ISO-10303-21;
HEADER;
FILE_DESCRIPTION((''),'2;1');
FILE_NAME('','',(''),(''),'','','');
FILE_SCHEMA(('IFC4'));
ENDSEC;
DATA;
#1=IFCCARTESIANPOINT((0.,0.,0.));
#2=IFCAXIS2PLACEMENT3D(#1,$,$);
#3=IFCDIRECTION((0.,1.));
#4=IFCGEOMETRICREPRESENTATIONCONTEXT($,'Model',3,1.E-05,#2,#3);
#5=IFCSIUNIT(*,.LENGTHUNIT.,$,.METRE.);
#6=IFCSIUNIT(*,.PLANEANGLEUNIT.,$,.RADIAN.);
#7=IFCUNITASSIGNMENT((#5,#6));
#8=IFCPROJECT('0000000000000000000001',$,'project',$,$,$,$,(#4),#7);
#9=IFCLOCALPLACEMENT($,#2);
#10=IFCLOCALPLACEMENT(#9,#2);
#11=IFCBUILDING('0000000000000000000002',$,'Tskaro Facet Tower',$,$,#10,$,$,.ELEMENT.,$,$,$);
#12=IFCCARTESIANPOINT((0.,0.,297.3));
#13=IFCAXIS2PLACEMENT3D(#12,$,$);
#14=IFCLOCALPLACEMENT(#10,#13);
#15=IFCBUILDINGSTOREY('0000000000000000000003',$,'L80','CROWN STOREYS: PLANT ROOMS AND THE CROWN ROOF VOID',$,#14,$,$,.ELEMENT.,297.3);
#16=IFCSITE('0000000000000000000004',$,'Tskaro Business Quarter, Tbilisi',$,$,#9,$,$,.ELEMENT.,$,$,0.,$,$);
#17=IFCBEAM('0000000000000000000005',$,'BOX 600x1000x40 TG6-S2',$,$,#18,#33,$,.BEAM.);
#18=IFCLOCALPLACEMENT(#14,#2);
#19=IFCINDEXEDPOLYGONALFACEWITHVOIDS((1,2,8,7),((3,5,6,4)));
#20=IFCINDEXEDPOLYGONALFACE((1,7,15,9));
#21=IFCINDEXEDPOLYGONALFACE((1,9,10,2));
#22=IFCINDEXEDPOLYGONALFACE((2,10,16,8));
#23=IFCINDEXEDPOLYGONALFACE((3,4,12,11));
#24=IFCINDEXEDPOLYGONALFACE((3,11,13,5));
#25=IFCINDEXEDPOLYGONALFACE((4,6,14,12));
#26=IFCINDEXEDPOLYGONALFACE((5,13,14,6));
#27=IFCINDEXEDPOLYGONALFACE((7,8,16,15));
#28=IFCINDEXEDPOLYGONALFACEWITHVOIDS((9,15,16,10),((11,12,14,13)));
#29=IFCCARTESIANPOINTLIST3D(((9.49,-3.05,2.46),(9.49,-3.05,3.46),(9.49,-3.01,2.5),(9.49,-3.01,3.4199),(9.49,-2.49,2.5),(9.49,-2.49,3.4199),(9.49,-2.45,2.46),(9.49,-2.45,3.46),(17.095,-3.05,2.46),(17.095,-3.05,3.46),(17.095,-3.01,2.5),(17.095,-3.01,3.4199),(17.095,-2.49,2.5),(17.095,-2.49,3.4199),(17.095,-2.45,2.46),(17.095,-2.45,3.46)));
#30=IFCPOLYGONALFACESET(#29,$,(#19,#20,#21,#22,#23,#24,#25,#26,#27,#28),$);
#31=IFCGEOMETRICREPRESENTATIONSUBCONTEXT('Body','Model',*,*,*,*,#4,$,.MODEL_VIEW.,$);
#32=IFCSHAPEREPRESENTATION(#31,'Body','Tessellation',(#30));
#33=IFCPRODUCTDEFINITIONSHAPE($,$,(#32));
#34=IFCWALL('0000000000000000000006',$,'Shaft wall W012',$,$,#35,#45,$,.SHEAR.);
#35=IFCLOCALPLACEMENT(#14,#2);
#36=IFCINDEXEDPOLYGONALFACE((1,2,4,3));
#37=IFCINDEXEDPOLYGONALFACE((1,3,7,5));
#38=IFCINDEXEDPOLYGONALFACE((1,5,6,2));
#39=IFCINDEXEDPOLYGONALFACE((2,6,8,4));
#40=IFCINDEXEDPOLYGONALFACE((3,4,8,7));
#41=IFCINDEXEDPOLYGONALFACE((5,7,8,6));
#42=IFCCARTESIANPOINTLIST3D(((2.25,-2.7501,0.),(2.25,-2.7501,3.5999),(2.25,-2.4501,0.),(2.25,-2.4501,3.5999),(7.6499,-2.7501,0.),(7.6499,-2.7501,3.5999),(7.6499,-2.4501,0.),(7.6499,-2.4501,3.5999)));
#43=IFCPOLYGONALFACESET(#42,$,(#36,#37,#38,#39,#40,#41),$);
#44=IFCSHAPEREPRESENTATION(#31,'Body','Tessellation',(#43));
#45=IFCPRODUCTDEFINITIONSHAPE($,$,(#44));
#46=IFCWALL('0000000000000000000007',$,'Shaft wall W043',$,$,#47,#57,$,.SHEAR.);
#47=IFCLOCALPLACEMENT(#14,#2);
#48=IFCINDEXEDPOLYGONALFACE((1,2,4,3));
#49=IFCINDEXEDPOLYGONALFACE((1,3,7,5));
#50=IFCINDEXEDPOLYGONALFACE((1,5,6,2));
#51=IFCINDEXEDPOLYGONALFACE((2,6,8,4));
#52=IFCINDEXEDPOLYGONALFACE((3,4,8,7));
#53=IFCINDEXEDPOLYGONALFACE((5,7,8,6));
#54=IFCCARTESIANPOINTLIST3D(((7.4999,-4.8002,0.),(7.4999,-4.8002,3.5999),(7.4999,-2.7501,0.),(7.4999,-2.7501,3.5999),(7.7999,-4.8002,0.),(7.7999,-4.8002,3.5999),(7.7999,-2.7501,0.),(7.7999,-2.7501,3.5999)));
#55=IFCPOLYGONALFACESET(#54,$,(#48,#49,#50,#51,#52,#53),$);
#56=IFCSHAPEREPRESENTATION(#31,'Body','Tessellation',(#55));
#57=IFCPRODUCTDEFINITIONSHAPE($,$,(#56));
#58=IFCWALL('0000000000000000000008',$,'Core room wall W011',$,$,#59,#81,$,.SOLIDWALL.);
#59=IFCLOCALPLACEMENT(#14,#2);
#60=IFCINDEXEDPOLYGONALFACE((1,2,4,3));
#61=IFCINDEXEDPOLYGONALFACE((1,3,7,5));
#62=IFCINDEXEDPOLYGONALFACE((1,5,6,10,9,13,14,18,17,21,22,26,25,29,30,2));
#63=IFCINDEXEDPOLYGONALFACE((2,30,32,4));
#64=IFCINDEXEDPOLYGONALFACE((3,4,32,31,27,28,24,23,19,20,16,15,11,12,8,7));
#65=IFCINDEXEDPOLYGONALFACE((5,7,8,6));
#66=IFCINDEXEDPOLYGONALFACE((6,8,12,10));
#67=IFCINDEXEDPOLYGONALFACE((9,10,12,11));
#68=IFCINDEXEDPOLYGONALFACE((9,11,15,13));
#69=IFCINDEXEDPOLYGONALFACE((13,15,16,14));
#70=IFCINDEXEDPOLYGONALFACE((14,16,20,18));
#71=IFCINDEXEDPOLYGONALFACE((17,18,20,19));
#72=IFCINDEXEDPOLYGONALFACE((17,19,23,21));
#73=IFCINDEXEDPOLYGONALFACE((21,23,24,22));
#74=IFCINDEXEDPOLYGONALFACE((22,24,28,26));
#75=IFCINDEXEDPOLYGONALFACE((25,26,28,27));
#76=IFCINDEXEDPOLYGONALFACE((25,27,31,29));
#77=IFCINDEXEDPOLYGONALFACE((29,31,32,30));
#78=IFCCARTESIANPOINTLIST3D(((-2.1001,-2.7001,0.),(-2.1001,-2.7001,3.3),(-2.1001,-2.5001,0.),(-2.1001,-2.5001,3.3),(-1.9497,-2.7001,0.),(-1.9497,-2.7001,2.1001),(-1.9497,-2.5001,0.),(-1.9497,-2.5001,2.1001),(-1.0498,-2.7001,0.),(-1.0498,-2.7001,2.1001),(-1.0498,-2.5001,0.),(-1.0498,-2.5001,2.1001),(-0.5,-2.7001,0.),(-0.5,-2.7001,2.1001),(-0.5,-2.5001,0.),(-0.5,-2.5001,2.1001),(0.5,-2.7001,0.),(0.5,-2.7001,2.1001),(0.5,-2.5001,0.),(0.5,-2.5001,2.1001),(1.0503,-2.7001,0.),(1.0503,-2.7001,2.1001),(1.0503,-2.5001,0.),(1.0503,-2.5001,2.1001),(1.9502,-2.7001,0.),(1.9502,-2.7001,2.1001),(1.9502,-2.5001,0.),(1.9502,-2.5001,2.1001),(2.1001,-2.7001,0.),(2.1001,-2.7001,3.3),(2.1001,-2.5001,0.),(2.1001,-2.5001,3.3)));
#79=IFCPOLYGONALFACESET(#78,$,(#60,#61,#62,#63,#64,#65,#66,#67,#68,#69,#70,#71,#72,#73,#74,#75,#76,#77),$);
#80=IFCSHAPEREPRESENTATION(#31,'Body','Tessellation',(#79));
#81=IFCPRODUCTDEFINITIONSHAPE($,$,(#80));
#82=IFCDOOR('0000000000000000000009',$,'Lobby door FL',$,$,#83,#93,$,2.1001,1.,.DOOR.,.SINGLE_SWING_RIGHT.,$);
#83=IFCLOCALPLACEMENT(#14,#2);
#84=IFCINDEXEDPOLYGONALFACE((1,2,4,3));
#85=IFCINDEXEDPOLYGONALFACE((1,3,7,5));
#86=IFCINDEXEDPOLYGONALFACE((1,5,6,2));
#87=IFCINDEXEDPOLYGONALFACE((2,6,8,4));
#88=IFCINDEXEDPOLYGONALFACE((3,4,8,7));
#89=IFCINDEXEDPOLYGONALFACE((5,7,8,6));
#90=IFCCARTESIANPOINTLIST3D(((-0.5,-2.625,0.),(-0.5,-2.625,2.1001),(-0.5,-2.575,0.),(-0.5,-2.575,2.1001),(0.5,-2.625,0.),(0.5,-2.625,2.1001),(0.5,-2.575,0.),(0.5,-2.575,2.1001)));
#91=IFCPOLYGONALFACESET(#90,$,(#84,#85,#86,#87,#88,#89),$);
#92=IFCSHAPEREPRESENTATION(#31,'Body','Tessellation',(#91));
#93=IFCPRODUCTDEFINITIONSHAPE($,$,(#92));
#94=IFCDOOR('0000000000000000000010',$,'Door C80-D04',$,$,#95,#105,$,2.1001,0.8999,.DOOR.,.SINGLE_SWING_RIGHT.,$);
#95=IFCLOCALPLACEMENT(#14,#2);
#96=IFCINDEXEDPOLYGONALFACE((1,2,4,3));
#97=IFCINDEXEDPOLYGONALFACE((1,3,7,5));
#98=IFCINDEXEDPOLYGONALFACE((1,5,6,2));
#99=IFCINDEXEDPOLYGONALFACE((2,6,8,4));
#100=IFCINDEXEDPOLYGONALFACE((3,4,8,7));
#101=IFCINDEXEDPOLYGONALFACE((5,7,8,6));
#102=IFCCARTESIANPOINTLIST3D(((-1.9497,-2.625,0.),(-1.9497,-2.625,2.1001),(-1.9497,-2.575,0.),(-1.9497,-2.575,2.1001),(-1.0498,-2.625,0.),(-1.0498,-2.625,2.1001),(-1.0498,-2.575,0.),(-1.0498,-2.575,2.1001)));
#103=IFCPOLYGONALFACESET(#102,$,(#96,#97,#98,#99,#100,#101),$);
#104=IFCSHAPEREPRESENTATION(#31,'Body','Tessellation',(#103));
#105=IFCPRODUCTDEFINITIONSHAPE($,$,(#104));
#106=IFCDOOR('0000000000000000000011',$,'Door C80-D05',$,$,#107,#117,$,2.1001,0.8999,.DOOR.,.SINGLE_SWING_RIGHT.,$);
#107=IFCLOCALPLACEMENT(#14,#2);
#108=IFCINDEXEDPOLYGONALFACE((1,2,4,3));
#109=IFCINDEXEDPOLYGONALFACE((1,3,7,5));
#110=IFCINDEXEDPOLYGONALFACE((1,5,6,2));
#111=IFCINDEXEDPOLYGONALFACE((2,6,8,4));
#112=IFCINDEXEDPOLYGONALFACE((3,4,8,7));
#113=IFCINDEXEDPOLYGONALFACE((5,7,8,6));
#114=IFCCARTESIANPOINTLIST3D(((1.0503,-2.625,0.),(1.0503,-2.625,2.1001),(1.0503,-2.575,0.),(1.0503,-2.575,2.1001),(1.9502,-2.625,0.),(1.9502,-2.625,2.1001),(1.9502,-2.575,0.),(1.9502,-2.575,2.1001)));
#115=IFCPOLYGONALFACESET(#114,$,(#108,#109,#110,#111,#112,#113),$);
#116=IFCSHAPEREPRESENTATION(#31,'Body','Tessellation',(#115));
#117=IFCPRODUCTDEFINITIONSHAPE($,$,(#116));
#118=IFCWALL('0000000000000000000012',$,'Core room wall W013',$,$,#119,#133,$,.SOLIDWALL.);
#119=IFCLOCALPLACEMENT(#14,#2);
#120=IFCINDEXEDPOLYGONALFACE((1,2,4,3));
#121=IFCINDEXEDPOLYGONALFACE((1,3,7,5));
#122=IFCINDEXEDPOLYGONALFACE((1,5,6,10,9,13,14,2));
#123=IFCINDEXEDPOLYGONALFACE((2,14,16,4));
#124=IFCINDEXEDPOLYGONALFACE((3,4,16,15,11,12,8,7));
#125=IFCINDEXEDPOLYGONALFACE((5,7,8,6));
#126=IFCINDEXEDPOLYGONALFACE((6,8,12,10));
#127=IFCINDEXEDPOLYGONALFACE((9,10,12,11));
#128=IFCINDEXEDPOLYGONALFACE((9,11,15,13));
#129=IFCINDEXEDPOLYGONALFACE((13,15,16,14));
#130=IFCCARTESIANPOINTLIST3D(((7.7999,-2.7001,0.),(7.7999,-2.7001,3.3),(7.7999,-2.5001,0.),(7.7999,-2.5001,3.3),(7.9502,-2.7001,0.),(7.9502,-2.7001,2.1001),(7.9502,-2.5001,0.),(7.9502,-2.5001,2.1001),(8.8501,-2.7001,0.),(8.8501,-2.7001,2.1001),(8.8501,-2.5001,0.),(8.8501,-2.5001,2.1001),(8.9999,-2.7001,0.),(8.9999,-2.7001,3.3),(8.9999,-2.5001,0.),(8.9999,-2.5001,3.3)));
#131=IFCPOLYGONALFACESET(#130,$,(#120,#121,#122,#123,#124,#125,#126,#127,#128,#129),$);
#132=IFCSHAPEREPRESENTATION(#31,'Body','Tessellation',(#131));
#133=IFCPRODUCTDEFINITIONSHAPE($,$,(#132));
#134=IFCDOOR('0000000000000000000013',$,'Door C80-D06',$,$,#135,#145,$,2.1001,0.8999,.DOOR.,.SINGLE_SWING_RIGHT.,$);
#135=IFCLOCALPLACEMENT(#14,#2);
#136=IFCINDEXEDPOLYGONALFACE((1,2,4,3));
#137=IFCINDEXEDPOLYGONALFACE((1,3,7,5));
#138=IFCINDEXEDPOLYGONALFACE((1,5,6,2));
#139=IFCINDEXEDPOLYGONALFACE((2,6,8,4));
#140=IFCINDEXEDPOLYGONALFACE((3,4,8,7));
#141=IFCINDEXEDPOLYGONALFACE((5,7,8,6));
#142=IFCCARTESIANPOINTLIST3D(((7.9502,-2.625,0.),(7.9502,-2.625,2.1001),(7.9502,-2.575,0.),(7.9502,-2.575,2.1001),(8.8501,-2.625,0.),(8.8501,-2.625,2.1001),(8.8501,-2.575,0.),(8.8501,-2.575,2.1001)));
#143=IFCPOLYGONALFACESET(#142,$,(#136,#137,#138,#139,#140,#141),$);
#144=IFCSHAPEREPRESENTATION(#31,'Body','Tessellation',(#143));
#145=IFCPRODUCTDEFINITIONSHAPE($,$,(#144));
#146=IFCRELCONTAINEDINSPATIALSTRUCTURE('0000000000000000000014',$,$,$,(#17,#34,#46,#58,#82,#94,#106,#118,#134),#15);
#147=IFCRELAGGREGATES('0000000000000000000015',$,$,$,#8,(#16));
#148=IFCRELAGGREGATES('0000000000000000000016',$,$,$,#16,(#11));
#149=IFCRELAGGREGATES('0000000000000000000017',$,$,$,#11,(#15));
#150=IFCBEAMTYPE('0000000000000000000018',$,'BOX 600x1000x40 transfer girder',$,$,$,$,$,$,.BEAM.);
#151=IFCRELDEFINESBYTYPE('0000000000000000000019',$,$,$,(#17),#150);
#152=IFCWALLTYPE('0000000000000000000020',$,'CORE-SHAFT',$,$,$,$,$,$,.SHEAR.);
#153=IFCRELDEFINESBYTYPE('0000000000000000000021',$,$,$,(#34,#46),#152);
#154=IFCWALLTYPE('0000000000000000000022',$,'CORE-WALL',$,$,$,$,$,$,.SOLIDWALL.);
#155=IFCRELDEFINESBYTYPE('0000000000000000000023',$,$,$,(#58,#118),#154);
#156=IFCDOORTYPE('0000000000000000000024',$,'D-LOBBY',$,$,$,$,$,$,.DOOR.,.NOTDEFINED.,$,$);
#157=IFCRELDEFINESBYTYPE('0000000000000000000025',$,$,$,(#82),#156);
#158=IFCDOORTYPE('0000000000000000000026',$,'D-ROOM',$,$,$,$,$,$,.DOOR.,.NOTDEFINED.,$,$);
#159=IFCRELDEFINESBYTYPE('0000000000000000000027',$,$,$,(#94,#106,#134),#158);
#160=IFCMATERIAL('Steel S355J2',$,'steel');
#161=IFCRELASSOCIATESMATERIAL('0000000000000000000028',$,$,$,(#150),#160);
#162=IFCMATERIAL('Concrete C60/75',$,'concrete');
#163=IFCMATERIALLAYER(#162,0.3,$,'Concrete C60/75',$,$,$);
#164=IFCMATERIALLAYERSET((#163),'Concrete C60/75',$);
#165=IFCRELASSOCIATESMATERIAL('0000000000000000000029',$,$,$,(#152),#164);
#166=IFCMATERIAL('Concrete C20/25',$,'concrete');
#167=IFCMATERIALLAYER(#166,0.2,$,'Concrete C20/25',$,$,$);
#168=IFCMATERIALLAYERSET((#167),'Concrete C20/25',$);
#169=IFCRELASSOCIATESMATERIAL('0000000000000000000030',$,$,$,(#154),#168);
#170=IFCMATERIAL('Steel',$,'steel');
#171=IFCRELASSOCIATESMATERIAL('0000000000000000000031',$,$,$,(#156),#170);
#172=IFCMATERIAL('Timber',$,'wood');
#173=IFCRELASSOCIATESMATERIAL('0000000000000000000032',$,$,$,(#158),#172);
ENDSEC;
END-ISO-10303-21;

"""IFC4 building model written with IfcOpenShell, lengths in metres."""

from ifc_helpers import new_model, si_unit, direction, frame, frame_2d, origin, origin_2d, place, context, subcontext, project, spatial, rectangle, hollow_rectangle, extrude, material, layer, layer_set, material_profile, profile_set, type_object, element, fill, save


model = new_model("IFC4")

# Units and contexts
model_context = context("Model", 3, precision=1e-05, world=origin(), true_north=direction((0.0, 1.0)))
body_context = subcontext(model_context, "Body", "Model", "MODEL_VIEW")
ifc_project = project(units=[si_unit("LENGTHUNIT", "METRE"), si_unit("PLANEANGLEUNIT", "RADIAN")], contexts=[model_context])

# Site, building, storey
site_placement = place(None, origin())
site = spatial("IfcSite", under=ifc_project, at=site_placement, Name="Tskaro Business Quarter, Tbilisi", CompositionType="ELEMENT", RefElevation=0.0)
building_placement = place(site_placement, origin())
building = spatial("IfcBuilding", under=site, at=building_placement, Name="Tskaro Facet Tower", CompositionType="ELEMENT")
storey_placement = place(building_placement, frame((0.0, 0.0, 297.3)))
storey = spatial("IfcBuildingStorey", under=building, at=storey_placement, Name="L80", Description="CROWN STOREYS: PLANT ROOMS AND THE CROWN ROOF VOID", CompositionType="ELEMENT", Elevation=297.3)

# Beam
ifc_material_1 = material(Name="Steel S355J2", Category="steel")
ifc_material_profile = material_profile(ifc_material_1, hollow_rectangle(XDim=0.6001, YDim=1.0, WallThickness=0.04, at=origin_2d()), Name="BOX 600x1000x40")
ifc_profile_set = profile_set([ifc_material_profile], Name="Steel S355J2")
beam_type = type_object("IfcBeamType", Name="BOX 600x1000x40 transfer girder", PredefinedType="BEAM", material=ifc_profile_set)
beam_placement = place(storey_placement, frame((9.49, -2.75, 2.96), z_axis=(1.0, 0.0, 0.0), x_axis=(0.0, 1.0, 0.0)))
element("IfcBeam", 1, at=beam_placement, inside=storey, type_object=beam_type, Name="BOX 600x1000x40 TG6-S2", PredefinedType="BEAM", context=body_context, shape_type="SweptSolid", body=[
    extrude(hollow_rectangle(XDim=0.6001, YDim=1.0, WallThickness=0.04, at=origin_2d()), origin(), (0.0, 0.0, 1.0), 7.605),
])

# Walls
ifc_material_2 = material(Name="Concrete C60/75", Category="concrete")
ifc_layer_1 = layer(ifc_material_2, 0.3, Name="Concrete C60/75")
ifc_layer_set_1 = layer_set([ifc_layer_1], Name="Concrete C60/75")
wall_type_1 = type_object("IfcWallType", Name="CORE-SHAFT", PredefinedType="SHEAR", material=ifc_layer_set_1)
wall_1_placement = place(storey_placement, frame((2.25, -2.6001, 0.0), z_axis=(0.0, 0.0, 1.0), x_axis=(1.0, 0.0, 0.0)))
element("IfcWall", 2, at=wall_1_placement, inside=storey, type_object=wall_type_1, Name="Shaft wall W012", PredefinedType="SHEAR", context=body_context, shape_type="SweptSolid", body=[
    extrude(rectangle(XDim=5.3999, YDim=0.3, at=frame_2d((2.7, 0.0))), origin(), (0.0, 0.0, 1.0), 3.5999),
])
wall_2_placement = place(storey_placement, frame((7.6499, -4.8, 0.0), z_axis=(0.0, 0.0, 1.0), x_axis=(0.0, 1.0, 0.0)))
element("IfcWall", 3, at=wall_2_placement, inside=storey, type_object=wall_type_1, Name="Shaft wall W043", PredefinedType="SHEAR", context=body_context, shape_type="SweptSolid", body=[
    extrude(rectangle(XDim=2.05, YDim=0.3, at=frame_2d((1.0249, 0.0))), origin(), (0.0, 0.0, 1.0), 3.5999),
])

# Wall, openings, doors
ifc_material_3 = material(Name="Concrete C20/25", Category="concrete")
ifc_layer_2 = layer(ifc_material_3, 0.2, Name="Concrete C20/25")
ifc_layer_set_2 = layer_set([ifc_layer_2], Name="Concrete C20/25")
wall_type_2 = type_object("IfcWallType", Name="CORE-WALL", PredefinedType="SOLIDWALL", material=ifc_layer_set_2)
wall_3_placement = place(storey_placement, frame((2.1001, -2.6001, 0.0), z_axis=(0.0, 0.0, 1.0), x_axis=(-1.0, 0.0, 0.0)))
wall_3 = element("IfcWall", 4, at=wall_3_placement, inside=storey, type_object=wall_type_2, Name="Core room wall W011", PredefinedType="SOLIDWALL", context=body_context, shape_type="SweptSolid", body=[
    extrude(rectangle(XDim=4.2002, YDim=0.2, at=frame_2d((2.1001, 0.0))), origin(), (0.0, 0.0, 1.0), 3.3),
])
opening_1_placement = place(wall_3_placement, frame((1.6001, 0.0, 0.0)))
opening_1 = element("IfcOpeningElement", 5, at=opening_1_placement, cuts=wall_3, PredefinedType="OPENING", context=body_context, shape_type="SweptSolid", body=[
    extrude(rectangle(XDim=1.0, YDim=2.1001, at=frame_2d((0.5, 1.05))), frame((0.0, 0.1099, 0.0), z_axis=(0.0, -1.0, 0.0), x_axis=(1.0, 0.0, 0.0)), (0.0, 0.0, 1.0), 0.22),
])
opening_2_placement = place(wall_3_placement, frame((3.1499, 0.0, 0.0)))
opening_2 = element("IfcOpeningElement", 6, at=opening_2_placement, cuts=wall_3, PredefinedType="OPENING", context=body_context, shape_type="SweptSolid", body=[
    extrude(rectangle(XDim=0.8999, YDim=2.1001, at=frame_2d((0.45, 1.05))), frame((0.0, 0.1099, 0.0), z_axis=(0.0, -1.0, 0.0), x_axis=(1.0, 0.0, 0.0)), (0.0, 0.0, 1.0), 0.22),
])
opening_3_placement = place(wall_3_placement, frame((0.1499, 0.0, 0.0)))
opening_3 = element("IfcOpeningElement", 7, at=opening_3_placement, cuts=wall_3, PredefinedType="OPENING", context=body_context, shape_type="SweptSolid", body=[
    extrude(rectangle(XDim=0.8999, YDim=2.1001, at=frame_2d((0.45, 1.05))), frame((0.0, 0.1099, 0.0), z_axis=(0.0, -1.0, 0.0), x_axis=(1.0, 0.0, 0.0)), (0.0, 0.0, 1.0), 0.22),
])
ifc_material_4 = material(Name="Steel", Category="steel")
door_type_1 = type_object("IfcDoorType", Name="D-LOBBY", OperationType="NOTDEFINED", PredefinedType="DOOR", material=ifc_material_4)
door_1_placement = place(opening_1_placement, origin())
door_1 = element("IfcDoor", 8, at=door_1_placement, inside=storey, type_object=door_type_1, Name="Lobby door FL", OperationType="SINGLE_SWING_RIGHT", OverallHeight=2.1001, OverallWidth=1.0, PredefinedType="DOOR", context=body_context, shape_type="SweptSolid", body=[
    extrude(rectangle(XDim=1.0, YDim=2.1001, at=frame_2d((0.5, 1.05))), frame((0.0, 0.0249, 0.0), z_axis=(0.0, -1.0, 0.0), x_axis=(1.0, 0.0, 0.0)), (0.0, 0.0, 1.0), 0.05),
])
fill(opening_1, door_1)
ifc_material_5 = material(Name="Timber", Category="wood")
door_type_2 = type_object("IfcDoorType", Name="D-ROOM", OperationType="NOTDEFINED", PredefinedType="DOOR", material=ifc_material_5)
door_2_placement = place(opening_2_placement, origin())
door_2 = element("IfcDoor", 9, at=door_2_placement, inside=storey, type_object=door_type_2, Name="Door C80-D04", OperationType="SINGLE_SWING_RIGHT", OverallHeight=2.1001, OverallWidth=0.8999, PredefinedType="DOOR", context=body_context, shape_type="SweptSolid", body=[
    extrude(rectangle(XDim=0.8999, YDim=2.1001, at=frame_2d((0.45, 1.05))), frame((0.0, 0.0249, 0.0), z_axis=(0.0, -1.0, 0.0), x_axis=(1.0, 0.0, 0.0)), (0.0, 0.0, 1.0), 0.05),
])
fill(opening_2, door_2)
door_3_placement = place(opening_3_placement, origin())
door_3 = element("IfcDoor", 10, at=door_3_placement, inside=storey, type_object=door_type_2, Name="Door C80-D05", OperationType="SINGLE_SWING_RIGHT", OverallHeight=2.1001, OverallWidth=0.8999, PredefinedType="DOOR", context=body_context, shape_type="SweptSolid", body=[
    extrude(rectangle(XDim=0.8999, YDim=2.1001, at=frame_2d((0.45, 1.05))), frame((0.0, 0.0249, 0.0), z_axis=(0.0, -1.0, 0.0), x_axis=(1.0, 0.0, 0.0)), (0.0, 0.0, 1.0), 0.05),
])
fill(opening_3, door_3)

# Wall, opening, door
wall_4_placement = place(storey_placement, frame((9.0, -2.6001, 0.0), z_axis=(0.0, 0.0, 1.0), x_axis=(-1.0, 0.0, 0.0)))
wall_4 = element("IfcWall", 11, at=wall_4_placement, inside=storey, type_object=wall_type_2, Name="Core room wall W013", PredefinedType="SOLIDWALL", context=body_context, shape_type="SweptSolid", body=[
    extrude(rectangle(XDim=1.2, YDim=0.2, at=frame_2d((0.6001, 0.0))), origin(), (0.0, 0.0, 1.0), 3.3),
])
opening_4_placement = place(wall_4_placement, frame((0.1499, 0.0, 0.0)))
opening_4 = element("IfcOpeningElement", 12, at=opening_4_placement, cuts=wall_4, PredefinedType="OPENING", context=body_context, shape_type="SweptSolid", body=[
    extrude(rectangle(XDim=0.8999, YDim=2.1001, at=frame_2d((0.45, 1.05))), frame((0.0, 0.1099, 0.0), z_axis=(0.0, -1.0, 0.0), x_axis=(1.0, 0.0, 0.0)), (0.0, 0.0, 1.0), 0.22),
])
door_4_placement = place(opening_4_placement, origin())
door_4 = element("IfcDoor", 13, at=door_4_placement, inside=storey, type_object=door_type_2, Name="Door C80-D06", OperationType="SINGLE_SWING_RIGHT", OverallHeight=2.1001, OverallWidth=0.8999, PredefinedType="DOOR", context=body_context, shape_type="SweptSolid", body=[
    extrude(rectangle(XDim=0.8999, YDim=2.1001, at=frame_2d((0.45, 1.05))), frame((0.0, 0.0249, 0.0), z_axis=(0.0, -1.0, 0.0), x_axis=(1.0, 0.0, 0.0)), (0.0, 0.0, 1.0), 0.05),
])
fill(opening_4, door_4)

save(model, "model.ifc")
